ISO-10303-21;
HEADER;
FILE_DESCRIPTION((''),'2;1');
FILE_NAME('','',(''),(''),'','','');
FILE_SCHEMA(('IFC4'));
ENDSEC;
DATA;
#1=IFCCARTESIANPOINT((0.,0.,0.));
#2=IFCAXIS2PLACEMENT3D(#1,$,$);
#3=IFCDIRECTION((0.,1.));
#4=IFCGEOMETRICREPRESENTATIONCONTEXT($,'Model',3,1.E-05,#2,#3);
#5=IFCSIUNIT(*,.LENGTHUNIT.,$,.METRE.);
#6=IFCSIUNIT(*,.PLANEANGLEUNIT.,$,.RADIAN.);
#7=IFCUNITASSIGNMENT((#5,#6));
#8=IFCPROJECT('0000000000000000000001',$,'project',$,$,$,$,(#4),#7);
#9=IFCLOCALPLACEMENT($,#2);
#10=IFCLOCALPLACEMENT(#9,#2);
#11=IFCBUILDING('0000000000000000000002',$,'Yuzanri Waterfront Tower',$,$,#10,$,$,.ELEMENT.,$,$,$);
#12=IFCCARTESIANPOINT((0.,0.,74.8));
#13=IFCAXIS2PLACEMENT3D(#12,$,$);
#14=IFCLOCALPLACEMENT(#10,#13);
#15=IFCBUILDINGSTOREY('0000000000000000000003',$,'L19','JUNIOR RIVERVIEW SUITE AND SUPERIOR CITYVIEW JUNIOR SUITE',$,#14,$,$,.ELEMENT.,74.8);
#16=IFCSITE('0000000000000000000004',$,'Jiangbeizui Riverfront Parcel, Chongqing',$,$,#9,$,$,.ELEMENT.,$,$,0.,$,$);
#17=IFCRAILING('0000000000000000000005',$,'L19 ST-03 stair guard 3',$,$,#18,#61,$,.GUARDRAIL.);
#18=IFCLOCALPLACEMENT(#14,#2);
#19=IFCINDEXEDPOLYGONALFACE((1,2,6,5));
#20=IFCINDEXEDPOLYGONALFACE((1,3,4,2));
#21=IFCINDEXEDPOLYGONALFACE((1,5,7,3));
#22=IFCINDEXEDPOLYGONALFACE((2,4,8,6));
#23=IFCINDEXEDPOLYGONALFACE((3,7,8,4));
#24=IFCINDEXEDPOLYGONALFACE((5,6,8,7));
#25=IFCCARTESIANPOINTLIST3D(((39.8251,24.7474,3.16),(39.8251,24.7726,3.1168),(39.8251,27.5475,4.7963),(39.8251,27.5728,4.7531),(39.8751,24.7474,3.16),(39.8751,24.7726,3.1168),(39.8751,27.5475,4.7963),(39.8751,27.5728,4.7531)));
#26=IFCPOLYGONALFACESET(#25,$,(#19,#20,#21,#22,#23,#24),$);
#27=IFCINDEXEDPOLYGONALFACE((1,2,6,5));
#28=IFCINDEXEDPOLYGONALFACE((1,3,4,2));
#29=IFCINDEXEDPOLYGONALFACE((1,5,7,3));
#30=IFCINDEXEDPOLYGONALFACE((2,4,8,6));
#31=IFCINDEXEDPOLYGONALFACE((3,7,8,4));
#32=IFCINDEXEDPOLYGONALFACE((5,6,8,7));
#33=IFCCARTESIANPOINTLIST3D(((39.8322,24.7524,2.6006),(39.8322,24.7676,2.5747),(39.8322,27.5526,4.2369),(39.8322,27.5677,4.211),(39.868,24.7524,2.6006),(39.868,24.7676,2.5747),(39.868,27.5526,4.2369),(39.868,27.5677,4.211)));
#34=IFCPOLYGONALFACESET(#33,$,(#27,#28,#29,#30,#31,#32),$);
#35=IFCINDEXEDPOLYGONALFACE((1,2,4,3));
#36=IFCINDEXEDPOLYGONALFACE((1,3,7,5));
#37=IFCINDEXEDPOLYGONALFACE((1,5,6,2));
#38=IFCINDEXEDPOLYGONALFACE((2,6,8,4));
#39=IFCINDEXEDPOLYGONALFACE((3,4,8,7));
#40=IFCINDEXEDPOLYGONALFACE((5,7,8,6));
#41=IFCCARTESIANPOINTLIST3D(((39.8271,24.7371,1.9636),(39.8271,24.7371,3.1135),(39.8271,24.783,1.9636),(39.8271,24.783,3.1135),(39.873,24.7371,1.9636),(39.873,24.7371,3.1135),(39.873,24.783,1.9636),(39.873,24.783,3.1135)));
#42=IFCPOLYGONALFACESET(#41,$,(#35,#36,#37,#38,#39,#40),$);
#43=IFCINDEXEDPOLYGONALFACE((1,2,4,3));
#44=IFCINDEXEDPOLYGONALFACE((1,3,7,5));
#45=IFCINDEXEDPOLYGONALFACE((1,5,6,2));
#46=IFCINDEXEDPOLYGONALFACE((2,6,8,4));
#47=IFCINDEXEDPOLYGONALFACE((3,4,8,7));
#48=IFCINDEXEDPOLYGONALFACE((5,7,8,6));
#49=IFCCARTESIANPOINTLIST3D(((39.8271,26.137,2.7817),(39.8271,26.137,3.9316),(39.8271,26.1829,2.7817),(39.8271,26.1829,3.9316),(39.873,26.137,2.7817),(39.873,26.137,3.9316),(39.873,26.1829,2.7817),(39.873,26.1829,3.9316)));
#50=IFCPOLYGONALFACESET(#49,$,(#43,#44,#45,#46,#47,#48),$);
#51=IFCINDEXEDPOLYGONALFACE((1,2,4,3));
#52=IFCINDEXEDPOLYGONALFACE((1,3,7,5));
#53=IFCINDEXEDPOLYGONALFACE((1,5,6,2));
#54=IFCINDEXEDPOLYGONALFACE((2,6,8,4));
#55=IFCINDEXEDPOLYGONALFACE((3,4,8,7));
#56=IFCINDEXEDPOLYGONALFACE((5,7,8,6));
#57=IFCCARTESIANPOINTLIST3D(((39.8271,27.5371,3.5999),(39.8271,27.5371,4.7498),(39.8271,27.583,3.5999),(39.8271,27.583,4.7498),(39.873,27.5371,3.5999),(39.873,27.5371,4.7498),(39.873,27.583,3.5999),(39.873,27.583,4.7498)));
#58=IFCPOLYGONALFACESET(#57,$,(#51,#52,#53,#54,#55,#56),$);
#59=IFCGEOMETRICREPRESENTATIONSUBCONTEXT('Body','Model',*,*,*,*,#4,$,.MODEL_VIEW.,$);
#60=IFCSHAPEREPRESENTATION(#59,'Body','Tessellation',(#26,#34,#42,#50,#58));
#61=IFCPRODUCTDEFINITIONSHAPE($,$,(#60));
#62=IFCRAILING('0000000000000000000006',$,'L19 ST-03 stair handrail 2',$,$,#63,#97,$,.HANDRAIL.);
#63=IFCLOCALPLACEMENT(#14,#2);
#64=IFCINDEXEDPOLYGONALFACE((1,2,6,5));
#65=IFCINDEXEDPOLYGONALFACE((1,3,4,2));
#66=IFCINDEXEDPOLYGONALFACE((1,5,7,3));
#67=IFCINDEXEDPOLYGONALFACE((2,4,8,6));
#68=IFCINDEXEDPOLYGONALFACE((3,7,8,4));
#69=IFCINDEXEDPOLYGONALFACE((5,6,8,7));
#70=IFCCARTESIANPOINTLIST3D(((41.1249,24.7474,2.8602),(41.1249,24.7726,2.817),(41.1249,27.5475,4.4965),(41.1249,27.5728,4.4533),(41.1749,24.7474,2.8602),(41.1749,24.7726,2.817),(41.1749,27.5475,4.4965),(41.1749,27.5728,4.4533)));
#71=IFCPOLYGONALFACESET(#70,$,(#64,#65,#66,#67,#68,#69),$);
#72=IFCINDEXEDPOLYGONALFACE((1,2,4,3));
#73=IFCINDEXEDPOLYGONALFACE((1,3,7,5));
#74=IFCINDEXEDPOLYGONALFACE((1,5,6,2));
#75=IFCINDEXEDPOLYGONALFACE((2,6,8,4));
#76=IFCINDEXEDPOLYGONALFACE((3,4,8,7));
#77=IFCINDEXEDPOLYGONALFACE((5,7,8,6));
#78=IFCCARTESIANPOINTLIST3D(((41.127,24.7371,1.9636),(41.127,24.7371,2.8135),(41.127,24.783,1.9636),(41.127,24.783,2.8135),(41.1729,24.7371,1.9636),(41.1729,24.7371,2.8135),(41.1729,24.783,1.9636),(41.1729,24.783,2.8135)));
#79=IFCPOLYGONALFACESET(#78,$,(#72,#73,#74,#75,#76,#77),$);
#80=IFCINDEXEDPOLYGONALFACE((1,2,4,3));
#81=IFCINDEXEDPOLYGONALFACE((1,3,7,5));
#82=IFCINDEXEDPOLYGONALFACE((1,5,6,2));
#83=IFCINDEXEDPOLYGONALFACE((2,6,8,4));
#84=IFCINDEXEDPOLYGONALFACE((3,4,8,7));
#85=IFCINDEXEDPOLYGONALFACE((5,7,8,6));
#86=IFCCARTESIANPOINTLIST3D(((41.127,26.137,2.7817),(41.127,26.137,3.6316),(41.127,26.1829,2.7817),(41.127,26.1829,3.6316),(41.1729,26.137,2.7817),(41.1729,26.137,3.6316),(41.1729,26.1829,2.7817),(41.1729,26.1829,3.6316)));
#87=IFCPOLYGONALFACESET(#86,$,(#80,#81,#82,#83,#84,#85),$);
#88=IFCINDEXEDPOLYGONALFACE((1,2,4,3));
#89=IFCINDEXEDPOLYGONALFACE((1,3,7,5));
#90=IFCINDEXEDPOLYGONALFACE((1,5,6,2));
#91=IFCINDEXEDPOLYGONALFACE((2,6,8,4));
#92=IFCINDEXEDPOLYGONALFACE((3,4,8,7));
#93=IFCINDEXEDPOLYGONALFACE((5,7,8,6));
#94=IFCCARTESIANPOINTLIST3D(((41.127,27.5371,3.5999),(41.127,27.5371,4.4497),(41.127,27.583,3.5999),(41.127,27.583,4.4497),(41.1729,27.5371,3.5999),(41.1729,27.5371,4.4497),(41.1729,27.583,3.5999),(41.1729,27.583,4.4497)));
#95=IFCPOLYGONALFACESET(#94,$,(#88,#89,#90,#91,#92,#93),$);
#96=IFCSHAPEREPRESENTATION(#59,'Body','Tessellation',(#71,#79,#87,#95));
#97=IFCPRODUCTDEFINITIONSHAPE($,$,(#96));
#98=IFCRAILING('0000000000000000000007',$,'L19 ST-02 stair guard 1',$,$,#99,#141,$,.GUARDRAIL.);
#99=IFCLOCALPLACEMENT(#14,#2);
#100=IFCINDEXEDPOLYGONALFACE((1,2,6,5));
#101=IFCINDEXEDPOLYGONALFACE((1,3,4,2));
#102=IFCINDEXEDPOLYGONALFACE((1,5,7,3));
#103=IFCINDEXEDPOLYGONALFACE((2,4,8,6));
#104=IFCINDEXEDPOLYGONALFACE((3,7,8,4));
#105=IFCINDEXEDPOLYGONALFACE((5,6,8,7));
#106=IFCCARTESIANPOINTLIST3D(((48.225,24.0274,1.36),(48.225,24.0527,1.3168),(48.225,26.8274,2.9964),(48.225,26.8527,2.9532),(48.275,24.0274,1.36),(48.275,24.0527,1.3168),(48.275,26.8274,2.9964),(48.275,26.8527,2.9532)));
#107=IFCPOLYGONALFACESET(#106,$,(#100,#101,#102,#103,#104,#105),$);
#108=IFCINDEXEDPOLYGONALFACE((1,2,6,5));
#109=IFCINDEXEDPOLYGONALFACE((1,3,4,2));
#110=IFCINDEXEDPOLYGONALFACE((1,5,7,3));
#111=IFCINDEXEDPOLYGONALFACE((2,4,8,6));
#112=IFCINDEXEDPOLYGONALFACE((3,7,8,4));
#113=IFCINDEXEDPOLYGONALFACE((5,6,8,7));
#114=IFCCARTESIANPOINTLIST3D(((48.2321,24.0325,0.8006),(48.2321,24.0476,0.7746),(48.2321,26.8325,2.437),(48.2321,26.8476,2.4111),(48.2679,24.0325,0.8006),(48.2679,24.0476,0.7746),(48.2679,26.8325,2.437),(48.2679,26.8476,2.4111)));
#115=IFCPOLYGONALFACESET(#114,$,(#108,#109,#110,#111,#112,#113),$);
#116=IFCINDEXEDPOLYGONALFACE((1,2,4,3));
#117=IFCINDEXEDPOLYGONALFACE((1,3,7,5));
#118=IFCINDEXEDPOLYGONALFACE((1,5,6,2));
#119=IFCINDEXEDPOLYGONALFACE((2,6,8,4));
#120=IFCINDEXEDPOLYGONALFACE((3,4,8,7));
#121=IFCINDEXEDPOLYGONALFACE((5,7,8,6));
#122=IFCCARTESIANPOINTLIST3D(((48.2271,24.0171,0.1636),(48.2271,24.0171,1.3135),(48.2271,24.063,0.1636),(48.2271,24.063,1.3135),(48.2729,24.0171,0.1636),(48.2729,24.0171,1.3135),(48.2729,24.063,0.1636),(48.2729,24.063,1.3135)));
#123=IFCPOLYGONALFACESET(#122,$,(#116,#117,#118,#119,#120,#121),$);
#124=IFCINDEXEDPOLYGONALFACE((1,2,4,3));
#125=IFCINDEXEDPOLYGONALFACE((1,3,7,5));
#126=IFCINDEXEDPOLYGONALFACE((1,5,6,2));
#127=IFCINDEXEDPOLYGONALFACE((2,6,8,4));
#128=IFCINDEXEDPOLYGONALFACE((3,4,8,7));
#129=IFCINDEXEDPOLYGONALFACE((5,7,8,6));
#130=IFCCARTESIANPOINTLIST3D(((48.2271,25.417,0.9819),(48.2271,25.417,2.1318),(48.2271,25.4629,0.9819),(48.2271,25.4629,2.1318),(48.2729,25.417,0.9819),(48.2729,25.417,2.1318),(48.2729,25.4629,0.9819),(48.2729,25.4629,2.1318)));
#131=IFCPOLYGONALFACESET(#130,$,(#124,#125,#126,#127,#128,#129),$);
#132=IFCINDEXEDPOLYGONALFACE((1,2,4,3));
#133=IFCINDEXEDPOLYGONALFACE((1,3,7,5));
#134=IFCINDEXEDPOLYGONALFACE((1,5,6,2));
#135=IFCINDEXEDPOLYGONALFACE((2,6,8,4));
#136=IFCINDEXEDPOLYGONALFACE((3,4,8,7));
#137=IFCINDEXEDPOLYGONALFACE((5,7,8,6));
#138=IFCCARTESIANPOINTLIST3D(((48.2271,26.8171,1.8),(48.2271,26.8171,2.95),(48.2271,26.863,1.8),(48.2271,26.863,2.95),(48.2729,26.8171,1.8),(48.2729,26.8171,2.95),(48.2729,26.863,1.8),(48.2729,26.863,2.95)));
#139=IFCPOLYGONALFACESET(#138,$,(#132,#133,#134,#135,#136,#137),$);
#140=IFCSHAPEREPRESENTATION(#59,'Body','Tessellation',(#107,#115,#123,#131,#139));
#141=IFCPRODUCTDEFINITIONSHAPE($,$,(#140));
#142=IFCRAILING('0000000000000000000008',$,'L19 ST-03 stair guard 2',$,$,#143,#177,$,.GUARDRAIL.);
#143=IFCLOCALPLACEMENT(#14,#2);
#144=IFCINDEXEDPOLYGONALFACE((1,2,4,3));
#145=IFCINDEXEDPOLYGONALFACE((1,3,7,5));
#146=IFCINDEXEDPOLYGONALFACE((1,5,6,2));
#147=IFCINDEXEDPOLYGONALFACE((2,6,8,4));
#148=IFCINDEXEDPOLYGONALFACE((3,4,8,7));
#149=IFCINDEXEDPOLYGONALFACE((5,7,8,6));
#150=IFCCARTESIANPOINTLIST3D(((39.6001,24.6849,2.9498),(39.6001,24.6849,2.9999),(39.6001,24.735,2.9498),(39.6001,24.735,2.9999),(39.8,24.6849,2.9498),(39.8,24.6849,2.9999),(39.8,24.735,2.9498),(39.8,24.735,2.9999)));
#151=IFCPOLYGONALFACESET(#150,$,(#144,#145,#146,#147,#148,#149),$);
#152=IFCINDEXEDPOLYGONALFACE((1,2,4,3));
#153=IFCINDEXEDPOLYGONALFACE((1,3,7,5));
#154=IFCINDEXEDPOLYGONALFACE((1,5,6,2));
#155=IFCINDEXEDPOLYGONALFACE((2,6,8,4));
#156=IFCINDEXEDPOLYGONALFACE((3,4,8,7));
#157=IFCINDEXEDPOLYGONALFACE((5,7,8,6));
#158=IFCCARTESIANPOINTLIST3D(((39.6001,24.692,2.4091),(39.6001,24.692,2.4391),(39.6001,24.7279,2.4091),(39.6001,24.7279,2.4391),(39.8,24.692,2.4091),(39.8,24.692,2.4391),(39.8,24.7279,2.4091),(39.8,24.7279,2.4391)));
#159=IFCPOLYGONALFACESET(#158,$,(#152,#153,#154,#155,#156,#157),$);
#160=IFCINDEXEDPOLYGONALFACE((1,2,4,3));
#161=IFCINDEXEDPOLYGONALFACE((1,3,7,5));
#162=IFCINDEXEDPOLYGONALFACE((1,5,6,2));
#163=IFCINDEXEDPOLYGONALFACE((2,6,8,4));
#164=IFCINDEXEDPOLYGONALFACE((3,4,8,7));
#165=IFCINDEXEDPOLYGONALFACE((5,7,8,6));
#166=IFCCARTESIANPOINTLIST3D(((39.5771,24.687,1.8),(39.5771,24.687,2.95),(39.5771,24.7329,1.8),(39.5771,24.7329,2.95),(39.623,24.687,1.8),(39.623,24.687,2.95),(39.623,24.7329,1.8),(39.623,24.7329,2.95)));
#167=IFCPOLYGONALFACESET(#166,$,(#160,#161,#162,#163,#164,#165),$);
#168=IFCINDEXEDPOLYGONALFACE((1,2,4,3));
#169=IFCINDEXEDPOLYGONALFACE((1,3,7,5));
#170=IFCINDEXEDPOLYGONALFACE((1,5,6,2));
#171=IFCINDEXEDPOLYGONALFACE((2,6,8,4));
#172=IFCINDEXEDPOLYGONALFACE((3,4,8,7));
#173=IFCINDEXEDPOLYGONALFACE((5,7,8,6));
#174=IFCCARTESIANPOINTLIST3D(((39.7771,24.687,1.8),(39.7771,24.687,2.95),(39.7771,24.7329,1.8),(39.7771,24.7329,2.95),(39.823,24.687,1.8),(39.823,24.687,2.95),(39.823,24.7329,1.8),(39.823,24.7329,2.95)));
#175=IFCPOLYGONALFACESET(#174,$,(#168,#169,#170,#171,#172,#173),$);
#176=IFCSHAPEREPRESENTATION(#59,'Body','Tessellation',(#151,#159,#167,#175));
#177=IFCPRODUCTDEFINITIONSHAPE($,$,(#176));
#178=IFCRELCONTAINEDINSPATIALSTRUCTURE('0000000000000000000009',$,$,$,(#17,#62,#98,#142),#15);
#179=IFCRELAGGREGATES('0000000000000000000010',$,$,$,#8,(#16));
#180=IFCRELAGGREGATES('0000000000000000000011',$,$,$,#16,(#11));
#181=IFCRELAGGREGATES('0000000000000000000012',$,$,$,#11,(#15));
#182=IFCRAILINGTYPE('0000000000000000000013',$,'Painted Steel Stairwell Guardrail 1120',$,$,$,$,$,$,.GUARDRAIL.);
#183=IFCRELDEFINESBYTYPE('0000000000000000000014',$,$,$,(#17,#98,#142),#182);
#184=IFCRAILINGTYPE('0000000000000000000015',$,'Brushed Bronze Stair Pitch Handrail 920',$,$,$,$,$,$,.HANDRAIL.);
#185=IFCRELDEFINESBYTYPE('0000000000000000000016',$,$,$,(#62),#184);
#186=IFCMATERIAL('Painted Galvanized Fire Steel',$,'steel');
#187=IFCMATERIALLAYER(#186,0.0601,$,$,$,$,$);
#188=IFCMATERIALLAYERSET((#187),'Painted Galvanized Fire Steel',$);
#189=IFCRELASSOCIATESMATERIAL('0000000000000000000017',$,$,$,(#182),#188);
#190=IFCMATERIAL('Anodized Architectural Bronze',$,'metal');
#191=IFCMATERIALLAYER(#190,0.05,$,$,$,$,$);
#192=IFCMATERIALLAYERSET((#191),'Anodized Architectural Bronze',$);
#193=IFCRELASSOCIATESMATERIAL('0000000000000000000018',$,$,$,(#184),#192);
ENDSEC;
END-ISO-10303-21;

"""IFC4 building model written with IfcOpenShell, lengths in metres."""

from ifc_helpers import new_model, si_unit, direction, frame, origin, origin_2d, place, context, subcontext, project, spatial, rectangle, extrude, source, transform, mapped, material, layer, layer_set, type_object, element, save


model = new_model("IFC4")

# Units and contexts
model_context = context("Model", 3, precision=1e-05, world=origin(), true_north=direction((0.0, 1.0)))
body_context = subcontext(model_context, "Body", "Model", "MODEL_VIEW")
ifc_project = project(units=[si_unit("LENGTHUNIT", "METRE"), si_unit("PLANEANGLEUNIT", "RADIAN")], contexts=[model_context])

# Site, building, storey
site_placement = place(None, origin())
site = spatial("IfcSite", under=ifc_project, at=site_placement, Name="Jiangbeizui Riverfront Parcel, Chongqing", CompositionType="ELEMENT", RefElevation=0.0)
building_placement = place(site_placement, origin())
building = spatial("IfcBuilding", under=site, at=building_placement, Name="Yuzanri Waterfront Tower", CompositionType="ELEMENT")
storey_placement = place(building_placement, frame((0.0, 0.0, 74.8)))
storey = spatial("IfcBuildingStorey", under=building, at=storey_placement, Name="L19", Description="JUNIOR RIVERVIEW SUITE AND SUPERIOR CITYVIEW JUNIOR SUITE", CompositionType="ELEMENT", Elevation=74.8)

# Railings
ifc_material_1 = material(Name="Painted Galvanized Fire Steel", Category="steel")
ifc_layer_1 = layer(ifc_material_1, 0.0601)
ifc_layer_set_1 = layer_set([ifc_layer_1], Name="Painted Galvanized Fire Steel")
railing_type_1 = type_object("IfcRailingType", Name="Painted Steel Stairwell Guardrail 1120", PredefinedType="GUARDRAIL", material=ifc_layer_set_1)
shared_shape_1 = source(origin(), body_context, "Body", "SweptSolid", [
    extrude(rectangle(XDim=0.05, YDim=0.05, at=origin_2d()), frame((0.0, 0.0, 1.1748), z_axis=(0.0, 0.863394, 0.504531), x_axis=(-1.0, 0.0, 0.0)), (0.0, 0.0, 1.0), 3.2432),
    extrude(rectangle(XDim=0.0359, YDim=0.03, at=origin_2d()), frame((0.0, 0.0, 0.624), z_axis=(0.0, 0.863394, 0.504531), x_axis=(-1.0, 0.0, 0.0)), (0.0, 0.0, 1.0), 3.2432),
    extrude(rectangle(XDim=0.0459, YDim=0.0459, at=origin_2d()), origin(), (0.0, 0.0, 1.0), 1.1499),
    extrude(rectangle(XDim=0.0459, YDim=0.0459, at=origin_2d()), frame((0.0, 1.3999, 0.8181)), (0.0, 0.0, 1.0), 1.1499),
    extrude(rectangle(XDim=0.0459, YDim=0.0459, at=origin_2d()), frame((0.0, 2.8, 1.6362)), (0.0, 0.0, 1.0), 1.1499),
])
railing_1_placement = place(storey_placement, frame((39.8501, 24.76, 1.9636)))
element("IfcRailing", 1, at=railing_1_placement, inside=storey, type_object=railing_type_1, Name="L19 ST-03 stair guard 3", PredefinedType="GUARDRAIL", context=body_context, shape_type="MappedRepresentation", body=[
    mapped(shared_shape_1, transform((0.0, 0.0, 0.0), scale=1.0)),
])
ifc_material_2 = material(Name="Anodized Architectural Bronze", Category="metal")
ifc_layer_2 = layer(ifc_material_2, 0.05)
ifc_layer_set_2 = layer_set([ifc_layer_2], Name="Anodized Architectural Bronze")
railing_type_2 = type_object("IfcRailingType", Name="Brushed Bronze Stair Pitch Handrail 920", PredefinedType="HANDRAIL", material=ifc_layer_set_2)
shared_shape_2 = source(origin(), body_context, "Body", "SweptSolid", [
    extrude(rectangle(XDim=0.05, YDim=0.05, at=origin_2d()), frame((0.0, 0.0, 0.875), z_axis=(0.0, 0.863394, 0.504531), x_axis=(-1.0, 0.0, 0.0)), (0.0, 0.0, 1.0), 3.2432),
    extrude(rectangle(XDim=0.0459, YDim=0.0459, at=origin_2d()), origin(), (0.0, 0.0, 1.0), 0.8499),
    extrude(rectangle(XDim=0.0459, YDim=0.0459, at=origin_2d()), frame((0.0, 1.3999, 0.8181)), (0.0, 0.0, 1.0), 0.8499),
    extrude(rectangle(XDim=0.0459, YDim=0.0459, at=origin_2d()), frame((0.0, 2.8, 1.6362)), (0.0, 0.0, 1.0), 0.8499),
])
railing_2_placement = place(storey_placement, frame((41.1499, 24.76, 1.9636)))
element("IfcRailing", 2, at=railing_2_placement, inside=storey, type_object=railing_type_2, Name="L19 ST-03 stair handrail 2", PredefinedType="HANDRAIL", context=body_context, shape_type="MappedRepresentation", body=[
    mapped(shared_shape_2, transform((0.0, 0.0, 0.0), scale=1.0)),
])
shared_shape_3 = source(origin(), body_context, "Body", "SweptSolid", [
    extrude(rectangle(XDim=0.05, YDim=0.05, at=origin_2d()), frame((0.0, 0.0, 1.1748), z_axis=(0.0, 0.863361, 0.504587), x_axis=(-1.0, 0.0, 0.0)), (0.0, 0.0, 1.0), 3.2432),
    extrude(rectangle(XDim=0.0359, YDim=0.03, at=origin_2d()), frame((0.0, 0.0, 0.624), z_axis=(0.0, 0.863361, 0.504587), x_axis=(-1.0, 0.0, 0.0)), (0.0, 0.0, 1.0), 3.2432),
    extrude(rectangle(XDim=0.0459, YDim=0.0459, at=origin_2d()), origin(), (0.0, 0.0, 1.0), 1.1499),
    extrude(rectangle(XDim=0.0459, YDim=0.0459, at=origin_2d()), frame((0.0, 1.3999, 0.8184)), (0.0, 0.0, 1.0), 1.1499),
    extrude(rectangle(XDim=0.0459, YDim=0.0459, at=origin_2d()), frame((0.0, 2.8, 1.6365)), (0.0, 0.0, 1.0), 1.1499),
])
railing_3_placement = place(storey_placement, frame((48.25, 24.04, 0.1636)))
element("IfcRailing", 3, at=railing_3_placement, inside=storey, type_object=railing_type_1, Name="L19 ST-02 stair guard 1", PredefinedType="GUARDRAIL", context=body_context, shape_type="MappedRepresentation", body=[
    mapped(shared_shape_3, transform((0.0, 0.0, 0.0), scale=1.0)),
])
shared_shape_4 = source(origin(), body_context, "Body", "SweptSolid", [
    extrude(rectangle(XDim=0.05, YDim=0.05, at=origin_2d()), frame((0.0, 0.0, 1.1748), z_axis=(1.0, 0.0, 0.0), x_axis=(0.0, 1.0, 0.0)), (0.0, 0.0, 1.0), 0.2),
    extrude(rectangle(XDim=0.0359, YDim=0.03, at=origin_2d()), frame((0.0, 0.0, 0.624), z_axis=(1.0, 0.0, 0.0), x_axis=(0.0, 1.0, 0.0)), (0.0, 0.0, 1.0), 0.2),
    extrude(rectangle(XDim=0.0459, YDim=0.0459, at=origin_2d()), origin(), (0.0, 0.0, 1.0), 1.1499),
    extrude(rectangle(XDim=0.0459, YDim=0.0459, at=origin_2d()), frame((0.2, 0.0, 0.0)), (0.0, 0.0, 1.0), 1.1499),
])
railing_4_placement = place(storey_placement, frame((39.6001, 24.71, 1.8)))
element("IfcRailing", 4, at=railing_4_placement, inside=storey, type_object=railing_type_1, Name="L19 ST-03 stair guard 2", PredefinedType="GUARDRAIL", context=body_context, shape_type="MappedRepresentation", body=[
    mapped(shared_shape_4, transform((0.0, 0.0, 0.0), scale=1.0)),
])

save(model, "model.ifc")
